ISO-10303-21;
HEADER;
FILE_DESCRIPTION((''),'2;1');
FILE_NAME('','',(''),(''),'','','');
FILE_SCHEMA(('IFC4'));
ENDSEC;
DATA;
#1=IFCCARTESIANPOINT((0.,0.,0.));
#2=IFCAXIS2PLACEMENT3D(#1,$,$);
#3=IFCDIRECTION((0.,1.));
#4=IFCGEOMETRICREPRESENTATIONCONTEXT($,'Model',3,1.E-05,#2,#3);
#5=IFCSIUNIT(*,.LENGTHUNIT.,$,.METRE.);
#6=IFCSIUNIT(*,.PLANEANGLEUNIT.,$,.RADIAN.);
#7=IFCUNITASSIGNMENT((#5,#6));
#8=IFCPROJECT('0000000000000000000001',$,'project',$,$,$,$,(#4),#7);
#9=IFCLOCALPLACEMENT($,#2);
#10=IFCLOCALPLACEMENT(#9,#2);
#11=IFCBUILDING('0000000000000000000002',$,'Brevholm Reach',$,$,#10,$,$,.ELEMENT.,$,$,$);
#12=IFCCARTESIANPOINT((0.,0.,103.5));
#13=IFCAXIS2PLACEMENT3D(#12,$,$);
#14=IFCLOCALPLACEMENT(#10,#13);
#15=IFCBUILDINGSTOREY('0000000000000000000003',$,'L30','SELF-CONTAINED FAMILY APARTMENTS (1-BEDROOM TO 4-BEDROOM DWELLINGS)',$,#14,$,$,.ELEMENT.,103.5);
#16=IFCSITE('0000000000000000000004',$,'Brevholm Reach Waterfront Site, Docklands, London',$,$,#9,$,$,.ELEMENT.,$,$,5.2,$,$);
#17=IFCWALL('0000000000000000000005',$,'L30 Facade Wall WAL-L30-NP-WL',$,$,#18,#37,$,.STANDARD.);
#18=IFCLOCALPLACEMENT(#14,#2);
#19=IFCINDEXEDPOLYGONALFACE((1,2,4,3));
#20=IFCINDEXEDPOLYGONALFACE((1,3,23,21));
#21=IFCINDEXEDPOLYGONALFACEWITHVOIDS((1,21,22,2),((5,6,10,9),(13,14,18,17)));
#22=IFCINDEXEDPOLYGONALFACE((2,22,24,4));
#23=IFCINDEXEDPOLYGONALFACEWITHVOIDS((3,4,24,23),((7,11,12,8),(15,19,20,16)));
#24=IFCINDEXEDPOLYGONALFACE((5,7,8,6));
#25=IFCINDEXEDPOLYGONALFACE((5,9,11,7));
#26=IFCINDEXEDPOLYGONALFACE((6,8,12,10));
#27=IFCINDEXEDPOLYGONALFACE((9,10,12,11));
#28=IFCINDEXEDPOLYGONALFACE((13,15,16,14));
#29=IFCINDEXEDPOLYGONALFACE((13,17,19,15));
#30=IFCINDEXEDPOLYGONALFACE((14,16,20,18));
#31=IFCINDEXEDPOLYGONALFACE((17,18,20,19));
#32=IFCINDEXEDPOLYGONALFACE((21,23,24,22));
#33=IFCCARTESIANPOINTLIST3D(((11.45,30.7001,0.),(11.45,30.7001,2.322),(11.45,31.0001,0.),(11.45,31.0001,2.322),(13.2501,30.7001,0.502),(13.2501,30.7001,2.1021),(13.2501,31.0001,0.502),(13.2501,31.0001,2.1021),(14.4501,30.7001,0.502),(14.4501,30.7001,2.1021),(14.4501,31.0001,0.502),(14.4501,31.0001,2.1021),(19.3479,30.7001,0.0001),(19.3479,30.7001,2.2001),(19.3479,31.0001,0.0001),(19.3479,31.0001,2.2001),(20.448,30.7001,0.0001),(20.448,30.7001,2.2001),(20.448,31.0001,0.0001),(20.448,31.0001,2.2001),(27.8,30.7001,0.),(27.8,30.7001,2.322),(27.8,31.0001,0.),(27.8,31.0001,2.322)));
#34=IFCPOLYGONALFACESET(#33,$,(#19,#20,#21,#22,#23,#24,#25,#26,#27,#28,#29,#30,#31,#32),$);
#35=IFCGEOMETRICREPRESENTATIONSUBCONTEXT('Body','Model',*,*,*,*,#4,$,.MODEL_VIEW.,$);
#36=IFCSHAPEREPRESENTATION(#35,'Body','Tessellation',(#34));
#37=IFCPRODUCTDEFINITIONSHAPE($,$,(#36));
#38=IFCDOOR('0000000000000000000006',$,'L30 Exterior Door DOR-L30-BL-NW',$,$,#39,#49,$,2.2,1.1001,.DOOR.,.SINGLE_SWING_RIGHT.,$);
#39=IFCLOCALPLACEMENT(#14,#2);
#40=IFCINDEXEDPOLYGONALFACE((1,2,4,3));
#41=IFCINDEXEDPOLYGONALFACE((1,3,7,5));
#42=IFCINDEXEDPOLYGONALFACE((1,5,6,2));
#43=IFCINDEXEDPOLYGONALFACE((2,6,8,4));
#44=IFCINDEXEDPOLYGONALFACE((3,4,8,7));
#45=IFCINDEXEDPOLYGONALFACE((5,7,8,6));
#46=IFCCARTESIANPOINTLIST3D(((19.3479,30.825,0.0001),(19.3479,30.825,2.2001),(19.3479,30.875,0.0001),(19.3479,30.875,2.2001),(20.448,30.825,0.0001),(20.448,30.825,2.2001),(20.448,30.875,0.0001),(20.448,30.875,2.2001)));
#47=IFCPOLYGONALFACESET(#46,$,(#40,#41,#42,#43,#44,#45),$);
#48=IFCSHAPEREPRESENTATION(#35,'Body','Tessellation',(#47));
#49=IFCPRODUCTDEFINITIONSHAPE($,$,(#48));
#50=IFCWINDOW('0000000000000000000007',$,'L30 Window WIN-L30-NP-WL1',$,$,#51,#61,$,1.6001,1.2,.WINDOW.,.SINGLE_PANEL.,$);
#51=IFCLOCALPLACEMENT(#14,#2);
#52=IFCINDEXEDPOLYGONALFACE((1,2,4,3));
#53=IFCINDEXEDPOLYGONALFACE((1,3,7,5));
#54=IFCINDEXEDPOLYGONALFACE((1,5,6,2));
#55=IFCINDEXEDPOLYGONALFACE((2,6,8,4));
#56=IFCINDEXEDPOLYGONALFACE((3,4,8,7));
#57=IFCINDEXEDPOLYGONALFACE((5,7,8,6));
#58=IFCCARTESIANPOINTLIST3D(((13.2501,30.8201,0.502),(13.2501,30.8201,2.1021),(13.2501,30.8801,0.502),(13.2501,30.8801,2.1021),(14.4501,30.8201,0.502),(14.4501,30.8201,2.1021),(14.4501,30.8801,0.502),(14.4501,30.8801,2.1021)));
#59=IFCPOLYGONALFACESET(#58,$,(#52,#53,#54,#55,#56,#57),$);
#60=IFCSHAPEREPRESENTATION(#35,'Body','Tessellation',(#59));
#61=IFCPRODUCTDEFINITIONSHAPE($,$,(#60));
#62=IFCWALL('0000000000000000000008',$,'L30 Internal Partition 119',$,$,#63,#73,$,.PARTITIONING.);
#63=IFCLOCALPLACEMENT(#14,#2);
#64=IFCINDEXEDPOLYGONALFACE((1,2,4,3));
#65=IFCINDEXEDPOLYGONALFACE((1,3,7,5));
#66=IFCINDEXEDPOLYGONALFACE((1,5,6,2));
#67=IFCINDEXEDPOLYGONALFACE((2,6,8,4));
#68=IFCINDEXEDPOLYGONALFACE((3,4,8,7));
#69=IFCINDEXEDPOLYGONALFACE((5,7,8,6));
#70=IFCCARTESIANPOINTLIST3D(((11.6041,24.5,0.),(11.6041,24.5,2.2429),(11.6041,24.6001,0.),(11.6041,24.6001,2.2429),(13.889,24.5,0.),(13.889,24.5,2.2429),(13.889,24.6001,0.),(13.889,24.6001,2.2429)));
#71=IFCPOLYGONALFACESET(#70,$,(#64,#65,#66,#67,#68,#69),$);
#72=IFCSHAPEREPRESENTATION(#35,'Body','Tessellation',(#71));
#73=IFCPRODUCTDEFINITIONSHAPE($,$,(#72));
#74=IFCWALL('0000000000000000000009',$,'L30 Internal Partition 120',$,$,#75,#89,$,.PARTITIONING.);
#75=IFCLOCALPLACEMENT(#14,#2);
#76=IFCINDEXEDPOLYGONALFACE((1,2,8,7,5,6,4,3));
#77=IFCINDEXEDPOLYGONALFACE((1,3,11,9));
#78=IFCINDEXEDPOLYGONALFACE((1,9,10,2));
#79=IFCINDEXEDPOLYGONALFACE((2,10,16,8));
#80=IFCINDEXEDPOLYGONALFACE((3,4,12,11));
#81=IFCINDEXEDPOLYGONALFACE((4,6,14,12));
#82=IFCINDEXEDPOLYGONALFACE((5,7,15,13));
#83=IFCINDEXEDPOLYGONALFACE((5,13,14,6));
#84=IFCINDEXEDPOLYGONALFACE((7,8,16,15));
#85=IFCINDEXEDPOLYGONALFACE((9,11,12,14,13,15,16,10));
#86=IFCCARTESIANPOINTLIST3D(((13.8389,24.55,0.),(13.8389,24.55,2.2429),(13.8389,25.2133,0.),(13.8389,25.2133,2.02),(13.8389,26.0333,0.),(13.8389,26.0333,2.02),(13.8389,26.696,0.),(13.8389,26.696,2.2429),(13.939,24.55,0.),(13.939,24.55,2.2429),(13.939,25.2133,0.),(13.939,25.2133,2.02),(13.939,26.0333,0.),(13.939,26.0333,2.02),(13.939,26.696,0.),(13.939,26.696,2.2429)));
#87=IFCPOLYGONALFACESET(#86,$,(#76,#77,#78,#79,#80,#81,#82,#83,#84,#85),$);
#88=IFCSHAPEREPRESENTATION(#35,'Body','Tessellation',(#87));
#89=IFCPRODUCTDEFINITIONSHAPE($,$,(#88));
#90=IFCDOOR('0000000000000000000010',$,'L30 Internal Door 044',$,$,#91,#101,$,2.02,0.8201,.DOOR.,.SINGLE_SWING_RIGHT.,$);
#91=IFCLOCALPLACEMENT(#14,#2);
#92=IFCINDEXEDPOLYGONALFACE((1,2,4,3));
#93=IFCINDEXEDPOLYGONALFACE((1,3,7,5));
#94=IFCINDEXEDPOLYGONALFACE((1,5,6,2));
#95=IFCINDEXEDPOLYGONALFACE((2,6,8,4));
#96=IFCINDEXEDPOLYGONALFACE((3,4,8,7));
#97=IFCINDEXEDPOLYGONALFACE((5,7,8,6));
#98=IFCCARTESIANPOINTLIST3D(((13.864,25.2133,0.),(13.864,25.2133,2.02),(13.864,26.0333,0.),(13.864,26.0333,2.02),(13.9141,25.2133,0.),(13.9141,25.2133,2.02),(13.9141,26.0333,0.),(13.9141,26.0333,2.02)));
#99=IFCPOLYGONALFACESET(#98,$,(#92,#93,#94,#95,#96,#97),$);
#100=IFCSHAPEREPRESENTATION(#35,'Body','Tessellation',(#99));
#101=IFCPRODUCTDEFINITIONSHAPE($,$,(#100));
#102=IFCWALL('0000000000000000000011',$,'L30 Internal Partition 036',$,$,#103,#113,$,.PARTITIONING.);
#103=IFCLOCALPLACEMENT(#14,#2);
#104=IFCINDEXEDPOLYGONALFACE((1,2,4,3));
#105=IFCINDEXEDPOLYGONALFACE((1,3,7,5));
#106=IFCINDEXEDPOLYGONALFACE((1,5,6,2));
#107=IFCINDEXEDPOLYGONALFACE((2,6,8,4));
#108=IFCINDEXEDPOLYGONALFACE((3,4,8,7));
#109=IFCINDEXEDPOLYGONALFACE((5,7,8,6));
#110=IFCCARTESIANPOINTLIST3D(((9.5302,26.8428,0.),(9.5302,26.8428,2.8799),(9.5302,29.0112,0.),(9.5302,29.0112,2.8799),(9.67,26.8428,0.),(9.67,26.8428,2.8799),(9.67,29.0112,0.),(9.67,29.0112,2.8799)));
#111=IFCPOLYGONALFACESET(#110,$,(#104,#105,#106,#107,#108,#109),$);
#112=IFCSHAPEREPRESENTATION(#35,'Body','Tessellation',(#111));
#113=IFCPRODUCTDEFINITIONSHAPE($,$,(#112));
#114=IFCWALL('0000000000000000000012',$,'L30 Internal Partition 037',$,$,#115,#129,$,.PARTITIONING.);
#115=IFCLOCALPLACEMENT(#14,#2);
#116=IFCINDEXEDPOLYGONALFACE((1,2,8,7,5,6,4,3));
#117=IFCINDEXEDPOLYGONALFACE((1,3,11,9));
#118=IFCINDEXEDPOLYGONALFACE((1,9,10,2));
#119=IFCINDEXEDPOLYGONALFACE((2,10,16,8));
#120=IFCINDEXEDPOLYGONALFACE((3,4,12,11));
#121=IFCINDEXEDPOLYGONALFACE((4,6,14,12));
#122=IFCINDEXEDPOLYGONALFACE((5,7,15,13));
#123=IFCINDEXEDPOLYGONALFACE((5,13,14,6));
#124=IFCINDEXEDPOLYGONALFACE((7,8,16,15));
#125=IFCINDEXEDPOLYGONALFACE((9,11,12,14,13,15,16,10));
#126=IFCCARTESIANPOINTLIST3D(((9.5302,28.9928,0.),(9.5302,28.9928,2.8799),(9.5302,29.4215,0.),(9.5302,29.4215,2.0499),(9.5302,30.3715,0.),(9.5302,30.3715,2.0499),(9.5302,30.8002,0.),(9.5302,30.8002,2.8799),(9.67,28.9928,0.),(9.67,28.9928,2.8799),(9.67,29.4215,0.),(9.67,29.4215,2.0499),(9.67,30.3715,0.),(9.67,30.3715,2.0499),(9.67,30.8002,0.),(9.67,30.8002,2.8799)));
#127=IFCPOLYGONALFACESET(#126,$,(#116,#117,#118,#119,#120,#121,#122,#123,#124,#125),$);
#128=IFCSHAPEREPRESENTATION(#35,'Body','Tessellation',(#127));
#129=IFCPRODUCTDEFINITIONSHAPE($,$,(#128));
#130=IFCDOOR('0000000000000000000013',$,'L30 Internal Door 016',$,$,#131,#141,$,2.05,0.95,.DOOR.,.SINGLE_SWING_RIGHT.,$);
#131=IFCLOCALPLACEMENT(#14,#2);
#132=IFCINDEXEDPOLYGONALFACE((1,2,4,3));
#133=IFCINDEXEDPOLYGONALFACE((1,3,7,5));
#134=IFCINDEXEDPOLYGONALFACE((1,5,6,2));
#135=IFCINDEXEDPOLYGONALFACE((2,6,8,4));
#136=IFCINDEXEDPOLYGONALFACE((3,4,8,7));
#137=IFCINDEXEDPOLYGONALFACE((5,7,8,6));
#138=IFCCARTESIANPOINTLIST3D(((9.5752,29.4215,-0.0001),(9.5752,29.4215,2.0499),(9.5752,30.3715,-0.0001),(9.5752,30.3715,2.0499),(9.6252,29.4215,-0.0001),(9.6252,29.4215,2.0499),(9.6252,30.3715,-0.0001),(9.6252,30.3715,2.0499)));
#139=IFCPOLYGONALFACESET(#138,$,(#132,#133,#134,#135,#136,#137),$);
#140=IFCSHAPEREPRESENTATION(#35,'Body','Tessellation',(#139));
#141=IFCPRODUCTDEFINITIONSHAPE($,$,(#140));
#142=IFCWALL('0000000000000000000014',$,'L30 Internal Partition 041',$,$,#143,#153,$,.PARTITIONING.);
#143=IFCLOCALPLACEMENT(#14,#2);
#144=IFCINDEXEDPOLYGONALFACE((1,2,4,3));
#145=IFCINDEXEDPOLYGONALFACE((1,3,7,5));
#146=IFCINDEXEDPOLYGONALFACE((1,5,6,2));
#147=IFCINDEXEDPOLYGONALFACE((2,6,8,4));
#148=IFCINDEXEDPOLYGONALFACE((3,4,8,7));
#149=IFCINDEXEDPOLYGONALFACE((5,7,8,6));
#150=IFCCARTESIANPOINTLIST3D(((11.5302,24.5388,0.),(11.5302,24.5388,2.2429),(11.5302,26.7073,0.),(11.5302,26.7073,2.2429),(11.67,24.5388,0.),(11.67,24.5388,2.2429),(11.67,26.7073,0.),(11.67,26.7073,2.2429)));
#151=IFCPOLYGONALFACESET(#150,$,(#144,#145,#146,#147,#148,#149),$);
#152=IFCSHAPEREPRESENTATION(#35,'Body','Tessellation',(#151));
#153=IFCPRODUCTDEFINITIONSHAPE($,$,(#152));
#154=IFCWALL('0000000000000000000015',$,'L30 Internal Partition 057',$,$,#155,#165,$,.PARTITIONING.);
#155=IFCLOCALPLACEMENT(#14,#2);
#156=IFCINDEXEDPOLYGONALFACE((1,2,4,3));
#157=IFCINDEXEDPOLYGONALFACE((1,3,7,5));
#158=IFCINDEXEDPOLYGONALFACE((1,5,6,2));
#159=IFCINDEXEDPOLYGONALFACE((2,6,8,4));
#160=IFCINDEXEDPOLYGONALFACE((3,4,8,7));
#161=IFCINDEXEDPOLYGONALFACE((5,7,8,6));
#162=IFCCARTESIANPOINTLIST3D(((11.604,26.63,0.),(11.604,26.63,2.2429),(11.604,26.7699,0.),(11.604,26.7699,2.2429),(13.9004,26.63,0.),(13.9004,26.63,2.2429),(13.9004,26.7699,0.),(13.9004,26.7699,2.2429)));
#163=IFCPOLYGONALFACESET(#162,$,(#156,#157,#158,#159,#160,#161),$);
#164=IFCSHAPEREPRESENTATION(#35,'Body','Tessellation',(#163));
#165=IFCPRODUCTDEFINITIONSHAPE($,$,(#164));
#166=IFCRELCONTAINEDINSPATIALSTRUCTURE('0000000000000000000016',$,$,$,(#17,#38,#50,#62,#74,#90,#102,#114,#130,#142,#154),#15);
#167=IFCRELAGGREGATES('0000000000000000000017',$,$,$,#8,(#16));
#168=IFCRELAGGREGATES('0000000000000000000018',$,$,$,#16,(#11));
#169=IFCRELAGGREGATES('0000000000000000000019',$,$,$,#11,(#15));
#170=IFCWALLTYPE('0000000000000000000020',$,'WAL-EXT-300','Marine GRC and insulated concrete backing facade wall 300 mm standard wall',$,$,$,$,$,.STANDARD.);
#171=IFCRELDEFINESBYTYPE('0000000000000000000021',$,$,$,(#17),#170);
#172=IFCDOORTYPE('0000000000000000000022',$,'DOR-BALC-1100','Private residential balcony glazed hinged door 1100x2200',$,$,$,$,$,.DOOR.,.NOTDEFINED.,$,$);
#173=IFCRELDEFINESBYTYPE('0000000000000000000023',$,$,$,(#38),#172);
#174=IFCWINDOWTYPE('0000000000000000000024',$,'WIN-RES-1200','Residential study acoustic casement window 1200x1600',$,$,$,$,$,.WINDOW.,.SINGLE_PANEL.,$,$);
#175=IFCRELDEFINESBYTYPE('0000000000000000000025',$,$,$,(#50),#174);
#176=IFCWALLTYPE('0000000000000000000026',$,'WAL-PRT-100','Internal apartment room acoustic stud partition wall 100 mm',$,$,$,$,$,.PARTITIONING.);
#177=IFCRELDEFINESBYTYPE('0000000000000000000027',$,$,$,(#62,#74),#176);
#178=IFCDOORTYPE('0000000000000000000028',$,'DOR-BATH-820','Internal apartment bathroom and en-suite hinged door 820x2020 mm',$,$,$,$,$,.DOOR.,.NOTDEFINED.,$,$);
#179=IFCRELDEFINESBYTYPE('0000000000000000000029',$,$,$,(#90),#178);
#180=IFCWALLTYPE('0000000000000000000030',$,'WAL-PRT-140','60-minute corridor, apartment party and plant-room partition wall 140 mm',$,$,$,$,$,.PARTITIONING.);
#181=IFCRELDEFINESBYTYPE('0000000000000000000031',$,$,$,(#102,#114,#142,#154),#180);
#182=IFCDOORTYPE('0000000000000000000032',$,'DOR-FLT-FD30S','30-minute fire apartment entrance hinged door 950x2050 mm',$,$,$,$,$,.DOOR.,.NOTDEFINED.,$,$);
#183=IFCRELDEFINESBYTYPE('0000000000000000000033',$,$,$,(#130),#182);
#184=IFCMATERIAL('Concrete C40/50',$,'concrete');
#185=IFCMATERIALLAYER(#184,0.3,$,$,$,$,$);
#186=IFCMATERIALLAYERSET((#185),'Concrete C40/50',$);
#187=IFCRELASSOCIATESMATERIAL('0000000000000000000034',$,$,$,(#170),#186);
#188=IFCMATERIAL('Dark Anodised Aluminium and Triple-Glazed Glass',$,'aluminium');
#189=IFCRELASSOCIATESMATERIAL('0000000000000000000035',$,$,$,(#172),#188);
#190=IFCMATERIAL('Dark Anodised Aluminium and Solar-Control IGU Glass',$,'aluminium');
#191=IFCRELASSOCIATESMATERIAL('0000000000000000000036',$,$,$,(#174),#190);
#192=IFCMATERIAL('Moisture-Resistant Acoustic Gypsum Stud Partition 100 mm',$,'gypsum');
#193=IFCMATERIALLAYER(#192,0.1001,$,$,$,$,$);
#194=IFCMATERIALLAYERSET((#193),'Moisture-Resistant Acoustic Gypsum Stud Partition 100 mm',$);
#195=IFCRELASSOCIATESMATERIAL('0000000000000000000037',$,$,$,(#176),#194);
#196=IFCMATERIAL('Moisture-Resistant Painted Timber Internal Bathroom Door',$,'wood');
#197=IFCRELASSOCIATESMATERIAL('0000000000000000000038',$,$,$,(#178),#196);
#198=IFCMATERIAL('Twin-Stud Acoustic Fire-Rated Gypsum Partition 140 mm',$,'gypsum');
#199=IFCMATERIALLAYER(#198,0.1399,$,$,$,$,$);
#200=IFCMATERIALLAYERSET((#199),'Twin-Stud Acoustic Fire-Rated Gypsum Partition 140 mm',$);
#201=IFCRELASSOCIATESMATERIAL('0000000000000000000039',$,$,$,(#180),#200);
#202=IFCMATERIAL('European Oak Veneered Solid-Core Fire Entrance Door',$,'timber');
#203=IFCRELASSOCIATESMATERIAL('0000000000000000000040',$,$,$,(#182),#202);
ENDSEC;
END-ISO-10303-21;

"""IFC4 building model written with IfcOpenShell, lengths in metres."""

from ifc_helpers import new_model, si_unit, direction, frame, frame_2d, origin, place, context, subcontext, project, spatial, rectangle, extrude, material, layer, layer_set, type_object, element, fill, save


model = new_model("IFC4")

# Units and contexts
model_context = context("Model", 3, precision=1e-05, world=origin(), true_north=direction((0.0, 1.0)))
body_context = subcontext(model_context, "Body", "Model", "MODEL_VIEW")
ifc_project = project(units=[si_unit("LENGTHUNIT", "METRE"), si_unit("PLANEANGLEUNIT", "RADIAN")], contexts=[model_context])

# Site, building, storey
site_placement = place(None, origin())
site = spatial("IfcSite", under=ifc_project, at=site_placement, Name="Brevholm Reach Waterfront Site, Docklands, London", CompositionType="ELEMENT", RefElevation=5.2)
building_placement = place(site_placement, origin())
building = spatial("IfcBuilding", under=site, at=building_placement, Name="Brevholm Reach", CompositionType="ELEMENT")
storey_placement = place(building_placement, frame((0.0, 0.0, 103.5)))
storey = spatial("IfcBuildingStorey", under=building, at=storey_placement, Name="L30", Description="SELF-CONTAINED FAMILY APARTMENTS (1-BEDROOM TO 4-BEDROOM DWELLINGS)", CompositionType="ELEMENT", Elevation=103.5)

# Wall, openings, door, window
ifc_material_1 = material(Name="Concrete C40/50", Category="concrete")
ifc_layer_1 = layer(ifc_material_1, 0.3)
ifc_layer_set_1 = layer_set([ifc_layer_1], Name="Concrete C40/50")
wall_type_1 = type_object("IfcWallType", Name="WAL-EXT-300", Description="Marine GRC and insulated concrete backing facade wall 300 mm standard wall", PredefinedType="STANDARD", material=ifc_layer_set_1)
wall_1_placement = place(storey_placement, frame((11.45, 30.8501, 0.0), z_axis=(0.0, 0.0, 1.0), x_axis=(1.0, 0.0, 0.0)))
wall_1 = element("IfcWall", 1, at=wall_1_placement, inside=storey, type_object=wall_type_1, Name="L30 Facade Wall WAL-L30-NP-WL", PredefinedType="STANDARD", context=body_context, shape_type="SweptSolid", body=[
    extrude(rectangle(XDim=16.3501, YDim=0.3, at=frame_2d((8.175, 0.0))), origin(), (0.0, 0.0, 1.0), 2.322),
])
opening_1_placement = place(wall_1_placement, frame((7.8979, 0.0, 0.0)))
opening_1 = element("IfcOpeningElement", 2, at=opening_1_placement, cuts=wall_1, PredefinedType="OPENING", context=body_context, shape_type="SweptSolid", body=[
    extrude(rectangle(XDim=1.1001, YDim=2.2, at=frame_2d((0.55, 1.1001))), frame((0.0, 0.1599, 0.0), z_axis=(0.0, -1.0, 0.0), x_axis=(1.0, 0.0, 0.0)), (0.0, 0.0, 1.0), 0.3201),
])
opening_2_placement = place(wall_1_placement, frame((1.8, 0.0, 0.502)))
opening_2 = element("IfcOpeningElement", 3, at=opening_2_placement, cuts=wall_1, PredefinedType="OPENING", context=body_context, shape_type="SweptSolid", body=[
    extrude(rectangle(XDim=1.2, YDim=1.6001, at=frame_2d((0.6001, 0.8))), frame((0.0, 0.1599, 0.0), z_axis=(0.0, -1.0, 0.0), x_axis=(1.0, 0.0, 0.0)), (0.0, 0.0, 1.0), 0.3201),
])
ifc_material_2 = material(Name="Dark Anodised Aluminium and Triple-Glazed Glass", Category="aluminium")
door_type_1 = type_object("IfcDoorType", Name="DOR-BALC-1100", Description="Private residential balcony glazed hinged door 1100x2200", OperationType="NOTDEFINED", PredefinedType="DOOR", material=ifc_material_2)
door_1_placement = place(opening_1_placement, origin())
door_1 = element("IfcDoor", 4, at=door_1_placement, inside=storey, type_object=door_type_1, Name="L30 Exterior Door DOR-L30-BL-NW", OperationType="SINGLE_SWING_RIGHT", OverallHeight=2.2, OverallWidth=1.1001, PredefinedType="DOOR", context=body_context, shape_type="SweptSolid", body=[
    extrude(rectangle(XDim=1.1001, YDim=2.2, at=frame_2d((0.55, 1.1001))), frame((0.0, 0.0249, 0.0), z_axis=(0.0, -1.0, 0.0), x_axis=(1.0, 0.0, 0.0)), (0.0, 0.0, 1.0), 0.05),
])
fill(opening_1, door_1)
ifc_material_3 = material(Name="Dark Anodised Aluminium and Solar-Control IGU Glass", Category="aluminium")
window_type = type_object("IfcWindowType", Name="WIN-RES-1200", Description="Residential study acoustic casement window 1200x1600", PartitioningType="SINGLE_PANEL", PredefinedType="WINDOW", material=ifc_material_3)
window_placement = place(opening_2_placement, origin())
window = element("IfcWindow", 5, at=window_placement, inside=storey, type_object=window_type, Name="L30 Window WIN-L30-NP-WL1", OverallHeight=1.6001, OverallWidth=1.2, PartitioningType="SINGLE_PANEL", PredefinedType="WINDOW", context=body_context, shape_type="SweptSolid", body=[
    extrude(rectangle(XDim=1.2, YDim=1.6001, at=frame_2d((0.6001, 0.8))), frame((0.0, 0.03, 0.0), z_axis=(0.0, -1.0, 0.0), x_axis=(1.0, 0.0, 0.0)), (0.0, 0.0, 1.0), 0.0601),
])
fill(opening_2, window)

# Wall
ifc_material_4 = material(Name="Moisture-Resistant Acoustic Gypsum Stud Partition 100 mm", Category="gypsum")
ifc_layer_2 = layer(ifc_material_4, 0.1001)
ifc_layer_set_2 = layer_set([ifc_layer_2], Name="Moisture-Resistant Acoustic Gypsum Stud Partition 100 mm")
wall_type_2 = type_object("IfcWallType", Name="WAL-PRT-100", Description="Internal apartment room acoustic stud partition wall 100 mm", PredefinedType="PARTITIONING", material=ifc_layer_set_2)
wall_2_placement = place(storey_placement, frame((11.604, 24.55, 0.0), z_axis=(0.0, 0.0, 1.0), x_axis=(1.0, 0.0, 0.0)))
element("IfcWall", 6, at=wall_2_placement, inside=storey, type_object=wall_type_2, Name="L30 Internal Partition 119", PredefinedType="PARTITIONING", context=body_context, shape_type="SweptSolid", body=[
    extrude(rectangle(XDim=2.2849, YDim=0.1001, at=frame_2d((1.1426, 0.0))), origin(), (0.0, 0.0, 1.0), 2.2429),
])

# Wall, opening, door
wall_3_placement = place(storey_placement, frame((13.8889, 24.55, 0.0), z_axis=(0.0, 0.0, 1.0), x_axis=(0.0, 1.0, 0.0)))
wall_3 = element("IfcWall", 7, at=wall_3_placement, inside=storey, type_object=wall_type_2, Name="L30 Internal Partition 120", PredefinedType="PARTITIONING", context=body_context, shape_type="SweptSolid", body=[
    extrude(rectangle(XDim=2.146, YDim=0.1001, at=frame_2d((1.073, 0.0))), origin(), (0.0, 0.0, 1.0), 2.2429),
])
opening_3_placement = place(wall_3_placement, frame((0.6631, 0.0, 0.0)))
opening_3 = element("IfcOpeningElement", 8, at=opening_3_placement, cuts=wall_3, PredefinedType="OPENING", context=body_context, shape_type="SweptSolid", body=[
    extrude(rectangle(XDim=0.8201, YDim=2.02, at=frame_2d((0.4102, 1.01))), frame((0.0, 0.0601, 0.0), z_axis=(0.0, -1.0, 0.0), x_axis=(1.0, 0.0, 0.0)), (0.0, 0.0, 1.0), 0.1201),
])
ifc_material_5 = material(Name="Moisture-Resistant Painted Timber Internal Bathroom Door", Category="wood")
door_type_2 = type_object("IfcDoorType", Name="DOR-BATH-820", Description="Internal apartment bathroom and en-suite hinged door 820x2020 mm", OperationType="NOTDEFINED", PredefinedType="DOOR", material=ifc_material_5)
door_2_placement = place(opening_3_placement, origin())
door_2 = element("IfcDoor", 9, at=door_2_placement, inside=storey, type_object=door_type_2, Name="L30 Internal Door 044", OperationType="SINGLE_SWING_RIGHT", OverallHeight=2.02, OverallWidth=0.8201, PredefinedType="DOOR", context=body_context, shape_type="SweptSolid", body=[
    extrude(rectangle(XDim=0.8201, YDim=2.02, at=frame_2d((0.4102, 1.01))), frame((0.0, 0.0249, 0.0), z_axis=(0.0, -1.0, 0.0), x_axis=(1.0, 0.0, 0.0)), (0.0, 0.0, 1.0), 0.05),
])
fill(opening_3, door_2)

# Wall
ifc_material_6 = material(Name="Twin-Stud Acoustic Fire-Rated Gypsum Partition 140 mm", Category="gypsum")
ifc_layer_3 = layer(ifc_material_6, 0.1399)
ifc_layer_set_3 = layer_set([ifc_layer_3], Name="Twin-Stud Acoustic Fire-Rated Gypsum Partition 140 mm")
wall_type_3 = type_object("IfcWallType", Name="WAL-PRT-140", Description="60-minute corridor, apartment party and plant-room partition wall 140 mm", PredefinedType="PARTITIONING", material=ifc_layer_set_3)
wall_4_placement = place(storey_placement, frame((9.6001, 26.8428, 0.0), z_axis=(0.0, 0.0, 1.0), x_axis=(0.0, 1.0, 0.0)))
element("IfcWall", 10, at=wall_4_placement, inside=storey, type_object=wall_type_3, Name="L30 Internal Partition 036", PredefinedType="PARTITIONING", context=body_context, shape_type="SweptSolid", body=[
    extrude(rectangle(XDim=2.1685, YDim=0.1399, at=frame_2d((1.0842, 0.0))), origin(), (0.0, 0.0, 1.0), 2.8799),
])

# Wall, opening, door
wall_5_placement = place(storey_placement, frame((9.6001, 28.9927, 0.0), z_axis=(0.0, 0.0, 1.0), x_axis=(0.0, 1.0, 0.0)))
wall_5 = element("IfcWall", 11, at=wall_5_placement, inside=storey, type_object=wall_type_3, Name="L30 Internal Partition 037", PredefinedType="PARTITIONING", context=body_context, shape_type="SweptSolid", body=[
    extrude(rectangle(XDim=1.8074, YDim=0.1399, at=frame_2d((0.9038, 0.0))), origin(), (0.0, 0.0, 1.0), 2.8799),
])
opening_4_placement = place(wall_5_placement, frame((0.4287, 0.0, 0.0)))
opening_4 = element("IfcOpeningElement", 12, at=opening_4_placement, cuts=wall_5, PredefinedType="OPENING", context=body_context, shape_type="SweptSolid", body=[
    extrude(rectangle(XDim=0.95, YDim=2.05, at=frame_2d((0.4751, 1.0249))), frame((0.0, 0.0798, 0.0), z_axis=(0.0, -1.0, 0.0), x_axis=(1.0, 0.0, 0.0)), (0.0, 0.0, 1.0), 0.1599),
])
ifc_material_7 = material(Name="European Oak Veneered Solid-Core Fire Entrance Door", Category="timber")
door_type_3 = type_object("IfcDoorType", Name="DOR-FLT-FD30S", Description="30-minute fire apartment entrance hinged door 950x2050 mm", OperationType="NOTDEFINED", PredefinedType="DOOR", material=ifc_material_7)
door_3_placement = place(opening_4_placement, origin())
door_3 = element("IfcDoor", 13, at=door_3_placement, inside=storey, type_object=door_type_3, Name="L30 Internal Door 016", OperationType="SINGLE_SWING_RIGHT", OverallHeight=2.05, OverallWidth=0.95, PredefinedType="DOOR", context=body_context, shape_type="SweptSolid", body=[
    extrude(rectangle(XDim=0.95, YDim=2.05, at=frame_2d((0.4751, 1.0249))), frame((0.0, 0.0249, 0.0), z_axis=(0.0, -1.0, 0.0), x_axis=(1.0, 0.0, 0.0)), (0.0, 0.0, 1.0), 0.05),
])
fill(opening_4, door_3)

# Walls
wall_6_placement = place(storey_placement, frame((11.6001, 24.5388, 0.0), z_axis=(0.0, 0.0, 1.0), x_axis=(0.0, 1.0, 0.0)))
element("IfcWall", 14, at=wall_6_placement, inside=storey, type_object=wall_type_3, Name="L30 Internal Partition 041", PredefinedType="PARTITIONING", context=body_context, shape_type="SweptSolid", body=[
    extrude(rectangle(XDim=2.1685, YDim=0.1399, at=frame_2d((1.0842, 0.0))), origin(), (0.0, 0.0, 1.0), 2.2429),
])
wall_7_placement = place(storey_placement, frame((11.604, 26.7, 0.0), z_axis=(0.0, 0.0, 1.0), x_axis=(1.0, 0.0, 0.0)))
element("IfcWall", 15, at=wall_7_placement, inside=storey, type_object=wall_type_3, Name="L30 Internal Partition 057", PredefinedType="PARTITIONING", context=body_context, shape_type="SweptSolid", body=[
    extrude(rectangle(XDim=2.2964, YDim=0.1399, at=frame_2d((1.1482, 0.0))), origin(), (0.0, 0.0, 1.0), 2.2429),
])

save(model, "model.ifc")
